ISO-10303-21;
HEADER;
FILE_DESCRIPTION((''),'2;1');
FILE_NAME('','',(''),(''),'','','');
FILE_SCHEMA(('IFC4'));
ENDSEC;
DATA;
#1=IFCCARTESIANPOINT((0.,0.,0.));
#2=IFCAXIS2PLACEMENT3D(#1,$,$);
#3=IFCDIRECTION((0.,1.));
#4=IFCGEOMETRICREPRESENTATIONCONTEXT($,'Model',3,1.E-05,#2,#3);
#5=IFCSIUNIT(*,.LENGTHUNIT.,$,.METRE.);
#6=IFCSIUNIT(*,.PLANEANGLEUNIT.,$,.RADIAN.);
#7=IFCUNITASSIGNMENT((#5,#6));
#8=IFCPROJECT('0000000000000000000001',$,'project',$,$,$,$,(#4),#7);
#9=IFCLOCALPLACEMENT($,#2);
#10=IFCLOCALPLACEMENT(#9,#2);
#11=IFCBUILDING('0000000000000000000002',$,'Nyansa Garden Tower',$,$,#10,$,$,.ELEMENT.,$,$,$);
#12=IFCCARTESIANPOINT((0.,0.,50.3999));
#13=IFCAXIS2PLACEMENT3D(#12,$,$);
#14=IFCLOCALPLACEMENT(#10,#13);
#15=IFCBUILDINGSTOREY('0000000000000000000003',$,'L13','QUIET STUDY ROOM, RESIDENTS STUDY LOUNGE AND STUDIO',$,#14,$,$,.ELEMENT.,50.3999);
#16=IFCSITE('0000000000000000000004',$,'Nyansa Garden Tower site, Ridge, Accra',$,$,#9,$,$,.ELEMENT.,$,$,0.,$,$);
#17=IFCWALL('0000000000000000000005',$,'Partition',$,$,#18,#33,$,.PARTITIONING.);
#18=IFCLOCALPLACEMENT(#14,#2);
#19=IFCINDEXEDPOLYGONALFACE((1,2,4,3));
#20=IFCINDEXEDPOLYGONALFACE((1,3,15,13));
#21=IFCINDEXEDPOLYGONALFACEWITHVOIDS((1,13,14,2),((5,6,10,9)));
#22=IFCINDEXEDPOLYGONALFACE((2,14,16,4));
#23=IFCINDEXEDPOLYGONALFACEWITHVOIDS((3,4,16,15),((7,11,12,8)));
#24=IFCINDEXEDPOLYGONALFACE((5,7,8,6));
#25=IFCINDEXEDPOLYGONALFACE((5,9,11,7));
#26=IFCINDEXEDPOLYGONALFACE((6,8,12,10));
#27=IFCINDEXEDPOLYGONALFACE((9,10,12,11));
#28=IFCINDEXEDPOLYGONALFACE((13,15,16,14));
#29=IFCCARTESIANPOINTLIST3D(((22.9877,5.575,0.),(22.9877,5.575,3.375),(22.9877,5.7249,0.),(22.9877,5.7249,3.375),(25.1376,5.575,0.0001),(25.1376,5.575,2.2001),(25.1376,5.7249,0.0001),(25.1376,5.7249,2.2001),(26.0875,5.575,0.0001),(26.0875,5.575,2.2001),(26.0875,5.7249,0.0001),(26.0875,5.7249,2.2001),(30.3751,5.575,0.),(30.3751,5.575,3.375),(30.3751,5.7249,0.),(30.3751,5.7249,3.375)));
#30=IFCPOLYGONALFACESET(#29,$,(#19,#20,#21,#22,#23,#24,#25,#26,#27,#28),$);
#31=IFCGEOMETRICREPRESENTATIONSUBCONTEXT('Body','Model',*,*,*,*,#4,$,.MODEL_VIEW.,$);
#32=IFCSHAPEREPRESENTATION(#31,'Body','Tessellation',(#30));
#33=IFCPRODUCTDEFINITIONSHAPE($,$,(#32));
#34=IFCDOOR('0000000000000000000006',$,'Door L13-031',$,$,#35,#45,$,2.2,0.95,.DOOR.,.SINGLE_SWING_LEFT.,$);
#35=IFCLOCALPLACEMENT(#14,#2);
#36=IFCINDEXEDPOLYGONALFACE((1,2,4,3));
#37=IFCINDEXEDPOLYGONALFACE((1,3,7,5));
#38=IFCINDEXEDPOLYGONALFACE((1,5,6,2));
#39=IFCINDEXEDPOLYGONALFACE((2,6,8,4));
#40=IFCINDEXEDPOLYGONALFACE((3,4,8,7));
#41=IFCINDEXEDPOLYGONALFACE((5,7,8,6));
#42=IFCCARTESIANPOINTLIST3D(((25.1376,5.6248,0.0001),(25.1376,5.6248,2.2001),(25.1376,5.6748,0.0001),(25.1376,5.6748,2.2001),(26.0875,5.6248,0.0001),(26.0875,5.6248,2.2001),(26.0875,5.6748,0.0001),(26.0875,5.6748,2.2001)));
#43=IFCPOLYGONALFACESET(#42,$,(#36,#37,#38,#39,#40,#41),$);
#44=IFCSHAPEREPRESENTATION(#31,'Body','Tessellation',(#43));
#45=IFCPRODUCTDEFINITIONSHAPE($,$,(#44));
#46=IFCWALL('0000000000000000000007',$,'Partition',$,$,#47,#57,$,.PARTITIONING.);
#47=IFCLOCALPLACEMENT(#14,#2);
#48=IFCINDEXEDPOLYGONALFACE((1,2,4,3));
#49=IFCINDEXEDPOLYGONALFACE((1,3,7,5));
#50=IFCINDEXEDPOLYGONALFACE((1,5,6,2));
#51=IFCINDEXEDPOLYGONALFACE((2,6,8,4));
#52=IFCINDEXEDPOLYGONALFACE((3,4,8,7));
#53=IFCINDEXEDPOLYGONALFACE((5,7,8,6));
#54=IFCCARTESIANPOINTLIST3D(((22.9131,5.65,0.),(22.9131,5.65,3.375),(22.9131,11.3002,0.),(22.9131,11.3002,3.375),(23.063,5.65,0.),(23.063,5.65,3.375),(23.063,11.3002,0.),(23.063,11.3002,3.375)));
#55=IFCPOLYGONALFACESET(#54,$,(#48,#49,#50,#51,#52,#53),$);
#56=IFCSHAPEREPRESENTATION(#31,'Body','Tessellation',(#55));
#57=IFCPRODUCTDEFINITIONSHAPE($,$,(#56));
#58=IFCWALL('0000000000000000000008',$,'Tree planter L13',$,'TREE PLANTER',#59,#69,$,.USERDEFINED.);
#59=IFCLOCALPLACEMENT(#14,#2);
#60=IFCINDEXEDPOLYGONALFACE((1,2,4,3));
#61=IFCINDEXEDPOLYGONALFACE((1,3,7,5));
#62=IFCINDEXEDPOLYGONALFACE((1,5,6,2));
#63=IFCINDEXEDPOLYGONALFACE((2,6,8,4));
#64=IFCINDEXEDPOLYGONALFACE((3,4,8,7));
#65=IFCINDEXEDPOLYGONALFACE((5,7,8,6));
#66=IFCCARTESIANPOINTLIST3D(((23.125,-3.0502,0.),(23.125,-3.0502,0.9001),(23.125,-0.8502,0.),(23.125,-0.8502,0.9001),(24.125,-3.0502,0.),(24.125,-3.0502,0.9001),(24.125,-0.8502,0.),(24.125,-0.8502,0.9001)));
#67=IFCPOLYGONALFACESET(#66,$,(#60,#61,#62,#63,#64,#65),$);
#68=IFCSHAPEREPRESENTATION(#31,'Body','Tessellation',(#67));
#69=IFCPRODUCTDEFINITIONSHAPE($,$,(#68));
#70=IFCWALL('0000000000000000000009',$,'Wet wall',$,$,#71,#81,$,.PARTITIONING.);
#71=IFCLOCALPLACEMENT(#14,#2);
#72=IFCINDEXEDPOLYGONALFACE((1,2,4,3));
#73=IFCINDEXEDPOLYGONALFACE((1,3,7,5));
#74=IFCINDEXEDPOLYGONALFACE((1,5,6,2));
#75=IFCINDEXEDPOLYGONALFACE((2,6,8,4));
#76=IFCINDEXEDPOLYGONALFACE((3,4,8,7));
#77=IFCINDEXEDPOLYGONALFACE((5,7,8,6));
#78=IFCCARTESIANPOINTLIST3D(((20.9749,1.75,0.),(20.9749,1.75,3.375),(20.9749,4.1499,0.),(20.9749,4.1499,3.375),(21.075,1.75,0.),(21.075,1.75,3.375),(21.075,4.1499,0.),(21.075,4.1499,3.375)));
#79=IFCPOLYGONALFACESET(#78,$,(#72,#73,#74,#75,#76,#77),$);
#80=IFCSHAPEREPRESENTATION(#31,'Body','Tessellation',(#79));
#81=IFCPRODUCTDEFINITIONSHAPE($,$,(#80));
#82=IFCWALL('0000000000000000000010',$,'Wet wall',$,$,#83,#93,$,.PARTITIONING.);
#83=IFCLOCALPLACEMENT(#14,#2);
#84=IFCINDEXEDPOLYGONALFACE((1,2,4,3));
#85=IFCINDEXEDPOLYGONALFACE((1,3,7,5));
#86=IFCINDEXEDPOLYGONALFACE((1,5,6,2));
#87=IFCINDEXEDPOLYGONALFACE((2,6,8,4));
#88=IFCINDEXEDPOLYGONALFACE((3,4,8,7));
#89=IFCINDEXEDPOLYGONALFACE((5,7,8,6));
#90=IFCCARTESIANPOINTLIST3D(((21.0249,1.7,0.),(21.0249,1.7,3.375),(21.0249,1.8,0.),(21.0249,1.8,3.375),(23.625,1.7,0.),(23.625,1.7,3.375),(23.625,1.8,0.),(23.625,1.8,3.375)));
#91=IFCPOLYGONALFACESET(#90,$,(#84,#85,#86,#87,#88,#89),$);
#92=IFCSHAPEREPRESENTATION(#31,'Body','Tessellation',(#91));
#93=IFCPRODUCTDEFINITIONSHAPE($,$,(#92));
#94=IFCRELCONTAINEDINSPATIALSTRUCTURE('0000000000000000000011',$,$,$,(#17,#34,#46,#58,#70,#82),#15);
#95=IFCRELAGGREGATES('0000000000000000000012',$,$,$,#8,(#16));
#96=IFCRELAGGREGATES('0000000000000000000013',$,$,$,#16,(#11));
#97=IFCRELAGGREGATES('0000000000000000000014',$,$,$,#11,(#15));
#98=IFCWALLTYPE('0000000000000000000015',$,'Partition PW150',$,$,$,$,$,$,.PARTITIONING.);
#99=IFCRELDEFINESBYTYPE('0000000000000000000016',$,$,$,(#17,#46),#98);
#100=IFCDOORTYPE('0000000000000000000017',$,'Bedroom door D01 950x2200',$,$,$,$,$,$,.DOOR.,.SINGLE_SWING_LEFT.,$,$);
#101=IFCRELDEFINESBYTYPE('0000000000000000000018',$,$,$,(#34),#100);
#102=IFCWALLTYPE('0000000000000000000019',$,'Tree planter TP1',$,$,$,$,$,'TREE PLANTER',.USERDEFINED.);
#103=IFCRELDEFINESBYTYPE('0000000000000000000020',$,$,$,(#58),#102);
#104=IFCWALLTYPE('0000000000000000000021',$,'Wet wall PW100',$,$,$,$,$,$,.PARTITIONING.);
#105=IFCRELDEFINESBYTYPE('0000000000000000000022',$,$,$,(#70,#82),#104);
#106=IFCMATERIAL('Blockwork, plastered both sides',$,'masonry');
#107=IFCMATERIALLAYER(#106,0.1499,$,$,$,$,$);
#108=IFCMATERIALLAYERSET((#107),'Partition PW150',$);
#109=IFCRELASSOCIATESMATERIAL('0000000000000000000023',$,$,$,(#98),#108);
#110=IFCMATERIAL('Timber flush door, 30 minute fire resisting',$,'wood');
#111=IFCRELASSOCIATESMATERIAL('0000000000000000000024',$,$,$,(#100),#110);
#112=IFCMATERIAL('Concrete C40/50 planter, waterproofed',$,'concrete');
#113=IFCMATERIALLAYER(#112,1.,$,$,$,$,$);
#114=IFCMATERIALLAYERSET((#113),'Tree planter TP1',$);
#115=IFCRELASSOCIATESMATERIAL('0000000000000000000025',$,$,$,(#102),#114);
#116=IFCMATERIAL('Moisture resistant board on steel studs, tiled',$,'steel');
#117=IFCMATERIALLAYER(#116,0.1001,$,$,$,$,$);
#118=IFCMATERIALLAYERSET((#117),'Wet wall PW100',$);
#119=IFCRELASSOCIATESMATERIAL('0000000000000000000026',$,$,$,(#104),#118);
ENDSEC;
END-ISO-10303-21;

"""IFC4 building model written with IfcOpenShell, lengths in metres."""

from ifc_helpers import new_model, si_unit, direction, frame, frame_2d, origin, place, context, subcontext, project, spatial, rectangle, extrude, material, layer, layer_set, type_object, element, fill, save


model = new_model("IFC4")

# Units and contexts
model_context = context("Model", 3, precision=1e-05, world=origin(), true_north=direction((0.0, 1.0)))
body_context = subcontext(model_context, "Body", "Model", "MODEL_VIEW")
ifc_project = project(units=[si_unit("LENGTHUNIT", "METRE"), si_unit("PLANEANGLEUNIT", "RADIAN")], contexts=[model_context])

# Site, building, storey
site_placement = place(None, origin())
site = spatial("IfcSite", under=ifc_project, at=site_placement, Name="Nyansa Garden Tower site, Ridge, Accra", CompositionType="ELEMENT", RefElevation=0.0)
building_placement = place(site_placement, origin())
building = spatial("IfcBuilding", under=site, at=building_placement, Name="Nyansa Garden Tower", CompositionType="ELEMENT")
storey_placement = place(building_placement, frame((0.0, 0.0, 50.3999)))
storey = spatial("IfcBuildingStorey", under=building, at=storey_placement, Name="L13", Description="QUIET STUDY ROOM, RESIDENTS STUDY LOUNGE AND STUDIO", CompositionType="ELEMENT", Elevation=50.3999)

# Shared definitions
ifc_material_1 = material(Name="Blockwork, plastered both sides", Category="masonry")
ifc_layer_1 = layer(ifc_material_1, 0.1499)
ifc_layer_set_1 = layer_set([ifc_layer_1], Name="Partition PW150")
wall_type_1 = type_object("IfcWallType", Name="Partition PW150", PredefinedType="PARTITIONING", material=ifc_layer_set_1)

# Wall, opening, door
wall_1_placement = place(storey_placement, frame((22.9875, 5.6499, 0.0), z_axis=(0.0, 0.0, 1.0), x_axis=(1.0, 0.0, 0.0)))
wall_1 = element("IfcWall", 1, at=wall_1_placement, inside=storey, type_object=wall_type_1, Name="Partition", PredefinedType="PARTITIONING", context=body_context, shape_type="SweptSolid", body=[
    extrude(rectangle(XDim=7.3875, YDim=0.1499, at=frame_2d((3.6938, 0.0))), origin(), (0.0, 0.0, 1.0), 3.375),
])
opening_placement = place(wall_1_placement, frame((2.1499, 0.0, 0.0)))
opening = element("IfcOpeningElement", 2, at=opening_placement, cuts=wall_1, PredefinedType="OPENING", context=body_context, shape_type="SweptSolid", body=[
    extrude(rectangle(XDim=0.95, YDim=2.2, at=frame_2d((0.4751, 1.1001))), frame((0.0, 0.085, 0.0), z_axis=(0.0, -1.0, 0.0), x_axis=(1.0, 0.0, 0.0)), (0.0, 0.0, 1.0), 0.1699),
])
ifc_material_2 = material(Name="Timber flush door, 30 minute fire resisting", Category="wood")
door_type = type_object("IfcDoorType", Name="Bedroom door D01 950x2200", OperationType="SINGLE_SWING_LEFT", PredefinedType="DOOR", material=ifc_material_2)
door_placement = place(opening_placement, origin())
door = element("IfcDoor", 3, at=door_placement, inside=storey, type_object=door_type, Name="Door L13-031", OperationType="SINGLE_SWING_LEFT", OverallHeight=2.2, OverallWidth=0.95, PredefinedType="DOOR", context=body_context, shape_type="SweptSolid", body=[
    extrude(rectangle(XDim=0.95, YDim=2.2, at=frame_2d((0.4751, 1.1001))), frame((0.0, 0.0249, 0.0), z_axis=(0.0, -1.0, 0.0), x_axis=(1.0, 0.0, 0.0)), (0.0, 0.0, 1.0), 0.05),
])
fill(opening, door)

# Walls
wall_2_placement = place(storey_placement, frame((22.988, 5.6499, 0.0), z_axis=(0.0, 0.0, 1.0), x_axis=(0.0, 1.0, 0.0)))
element("IfcWall", 4, at=wall_2_placement, inside=storey, type_object=wall_type_1, Name="Partition", PredefinedType="PARTITIONING", context=body_context, shape_type="SweptSolid", body=[
    extrude(rectangle(XDim=5.6501, YDim=0.1499, at=frame_2d((2.8252, 0.0))), origin(), (0.0, 0.0, 1.0), 3.375),
])
ifc_material_3 = material(Name="Concrete C40/50 planter, waterproofed", Category="concrete")
ifc_layer_2 = layer(ifc_material_3, 1.0)
ifc_layer_set_2 = layer_set([ifc_layer_2], Name="Tree planter TP1")
wall_type_2 = type_object("IfcWallType", Name="Tree planter TP1", ElementType="TREE PLANTER", PredefinedType="USERDEFINED", material=ifc_layer_set_2)
wall_3_placement = place(storey_placement, frame((23.625, -0.8501, 0.0), z_axis=(0.0, 0.0, 1.0), x_axis=(0.0, -1.0, 0.0)))
element("IfcWall", 5, at=wall_3_placement, inside=storey, type_object=wall_type_2, Name="Tree planter L13", ObjectType="TREE PLANTER", PredefinedType="USERDEFINED", context=body_context, shape_type="SweptSolid", body=[
    extrude(rectangle(XDim=2.2, YDim=1.0, at=frame_2d((1.1001, 0.0))), origin(), (0.0, 0.0, 1.0), 0.9001),
])
ifc_material_4 = material(Name="Moisture resistant board on steel studs, tiled", Category="steel")
ifc_layer_3 = layer(ifc_material_4, 0.1001)
ifc_layer_set_3 = layer_set([ifc_layer_3], Name="Wet wall PW100")
wall_type_3 = type_object("IfcWallType", Name="Wet wall PW100", PredefinedType="PARTITIONING", material=ifc_layer_set_3)
wall_4_placement = place(storey_placement, frame((21.0249, 1.75, 0.0), z_axis=(0.0, 0.0, 1.0), x_axis=(0.0, 1.0, 0.0)))
element("IfcWall", 6, at=wall_4_placement, inside=storey, type_object=wall_type_3, Name="Wet wall", PredefinedType="PARTITIONING", context=body_context, shape_type="SweptSolid", body=[
    extrude(rectangle(XDim=2.3999, YDim=0.1001, at=frame_2d((1.2, 0.0))), origin(), (0.0, 0.0, 1.0), 3.375),
])
wall_5_placement = place(storey_placement, frame((21.0249, 1.75, 0.0), z_axis=(0.0, 0.0, 1.0), x_axis=(1.0, 0.0, 0.0)))
element("IfcWall", 7, at=wall_5_placement, inside=storey, type_object=wall_type_3, Name="Wet wall", PredefinedType="PARTITIONING", context=body_context, shape_type="SweptSolid", body=[
    extrude(rectangle(XDim=2.6001, YDim=0.1001, at=frame_2d((1.3, 0.0))), origin(), (0.0, 0.0, 1.0), 3.375),
])

save(model, "model.ifc")
